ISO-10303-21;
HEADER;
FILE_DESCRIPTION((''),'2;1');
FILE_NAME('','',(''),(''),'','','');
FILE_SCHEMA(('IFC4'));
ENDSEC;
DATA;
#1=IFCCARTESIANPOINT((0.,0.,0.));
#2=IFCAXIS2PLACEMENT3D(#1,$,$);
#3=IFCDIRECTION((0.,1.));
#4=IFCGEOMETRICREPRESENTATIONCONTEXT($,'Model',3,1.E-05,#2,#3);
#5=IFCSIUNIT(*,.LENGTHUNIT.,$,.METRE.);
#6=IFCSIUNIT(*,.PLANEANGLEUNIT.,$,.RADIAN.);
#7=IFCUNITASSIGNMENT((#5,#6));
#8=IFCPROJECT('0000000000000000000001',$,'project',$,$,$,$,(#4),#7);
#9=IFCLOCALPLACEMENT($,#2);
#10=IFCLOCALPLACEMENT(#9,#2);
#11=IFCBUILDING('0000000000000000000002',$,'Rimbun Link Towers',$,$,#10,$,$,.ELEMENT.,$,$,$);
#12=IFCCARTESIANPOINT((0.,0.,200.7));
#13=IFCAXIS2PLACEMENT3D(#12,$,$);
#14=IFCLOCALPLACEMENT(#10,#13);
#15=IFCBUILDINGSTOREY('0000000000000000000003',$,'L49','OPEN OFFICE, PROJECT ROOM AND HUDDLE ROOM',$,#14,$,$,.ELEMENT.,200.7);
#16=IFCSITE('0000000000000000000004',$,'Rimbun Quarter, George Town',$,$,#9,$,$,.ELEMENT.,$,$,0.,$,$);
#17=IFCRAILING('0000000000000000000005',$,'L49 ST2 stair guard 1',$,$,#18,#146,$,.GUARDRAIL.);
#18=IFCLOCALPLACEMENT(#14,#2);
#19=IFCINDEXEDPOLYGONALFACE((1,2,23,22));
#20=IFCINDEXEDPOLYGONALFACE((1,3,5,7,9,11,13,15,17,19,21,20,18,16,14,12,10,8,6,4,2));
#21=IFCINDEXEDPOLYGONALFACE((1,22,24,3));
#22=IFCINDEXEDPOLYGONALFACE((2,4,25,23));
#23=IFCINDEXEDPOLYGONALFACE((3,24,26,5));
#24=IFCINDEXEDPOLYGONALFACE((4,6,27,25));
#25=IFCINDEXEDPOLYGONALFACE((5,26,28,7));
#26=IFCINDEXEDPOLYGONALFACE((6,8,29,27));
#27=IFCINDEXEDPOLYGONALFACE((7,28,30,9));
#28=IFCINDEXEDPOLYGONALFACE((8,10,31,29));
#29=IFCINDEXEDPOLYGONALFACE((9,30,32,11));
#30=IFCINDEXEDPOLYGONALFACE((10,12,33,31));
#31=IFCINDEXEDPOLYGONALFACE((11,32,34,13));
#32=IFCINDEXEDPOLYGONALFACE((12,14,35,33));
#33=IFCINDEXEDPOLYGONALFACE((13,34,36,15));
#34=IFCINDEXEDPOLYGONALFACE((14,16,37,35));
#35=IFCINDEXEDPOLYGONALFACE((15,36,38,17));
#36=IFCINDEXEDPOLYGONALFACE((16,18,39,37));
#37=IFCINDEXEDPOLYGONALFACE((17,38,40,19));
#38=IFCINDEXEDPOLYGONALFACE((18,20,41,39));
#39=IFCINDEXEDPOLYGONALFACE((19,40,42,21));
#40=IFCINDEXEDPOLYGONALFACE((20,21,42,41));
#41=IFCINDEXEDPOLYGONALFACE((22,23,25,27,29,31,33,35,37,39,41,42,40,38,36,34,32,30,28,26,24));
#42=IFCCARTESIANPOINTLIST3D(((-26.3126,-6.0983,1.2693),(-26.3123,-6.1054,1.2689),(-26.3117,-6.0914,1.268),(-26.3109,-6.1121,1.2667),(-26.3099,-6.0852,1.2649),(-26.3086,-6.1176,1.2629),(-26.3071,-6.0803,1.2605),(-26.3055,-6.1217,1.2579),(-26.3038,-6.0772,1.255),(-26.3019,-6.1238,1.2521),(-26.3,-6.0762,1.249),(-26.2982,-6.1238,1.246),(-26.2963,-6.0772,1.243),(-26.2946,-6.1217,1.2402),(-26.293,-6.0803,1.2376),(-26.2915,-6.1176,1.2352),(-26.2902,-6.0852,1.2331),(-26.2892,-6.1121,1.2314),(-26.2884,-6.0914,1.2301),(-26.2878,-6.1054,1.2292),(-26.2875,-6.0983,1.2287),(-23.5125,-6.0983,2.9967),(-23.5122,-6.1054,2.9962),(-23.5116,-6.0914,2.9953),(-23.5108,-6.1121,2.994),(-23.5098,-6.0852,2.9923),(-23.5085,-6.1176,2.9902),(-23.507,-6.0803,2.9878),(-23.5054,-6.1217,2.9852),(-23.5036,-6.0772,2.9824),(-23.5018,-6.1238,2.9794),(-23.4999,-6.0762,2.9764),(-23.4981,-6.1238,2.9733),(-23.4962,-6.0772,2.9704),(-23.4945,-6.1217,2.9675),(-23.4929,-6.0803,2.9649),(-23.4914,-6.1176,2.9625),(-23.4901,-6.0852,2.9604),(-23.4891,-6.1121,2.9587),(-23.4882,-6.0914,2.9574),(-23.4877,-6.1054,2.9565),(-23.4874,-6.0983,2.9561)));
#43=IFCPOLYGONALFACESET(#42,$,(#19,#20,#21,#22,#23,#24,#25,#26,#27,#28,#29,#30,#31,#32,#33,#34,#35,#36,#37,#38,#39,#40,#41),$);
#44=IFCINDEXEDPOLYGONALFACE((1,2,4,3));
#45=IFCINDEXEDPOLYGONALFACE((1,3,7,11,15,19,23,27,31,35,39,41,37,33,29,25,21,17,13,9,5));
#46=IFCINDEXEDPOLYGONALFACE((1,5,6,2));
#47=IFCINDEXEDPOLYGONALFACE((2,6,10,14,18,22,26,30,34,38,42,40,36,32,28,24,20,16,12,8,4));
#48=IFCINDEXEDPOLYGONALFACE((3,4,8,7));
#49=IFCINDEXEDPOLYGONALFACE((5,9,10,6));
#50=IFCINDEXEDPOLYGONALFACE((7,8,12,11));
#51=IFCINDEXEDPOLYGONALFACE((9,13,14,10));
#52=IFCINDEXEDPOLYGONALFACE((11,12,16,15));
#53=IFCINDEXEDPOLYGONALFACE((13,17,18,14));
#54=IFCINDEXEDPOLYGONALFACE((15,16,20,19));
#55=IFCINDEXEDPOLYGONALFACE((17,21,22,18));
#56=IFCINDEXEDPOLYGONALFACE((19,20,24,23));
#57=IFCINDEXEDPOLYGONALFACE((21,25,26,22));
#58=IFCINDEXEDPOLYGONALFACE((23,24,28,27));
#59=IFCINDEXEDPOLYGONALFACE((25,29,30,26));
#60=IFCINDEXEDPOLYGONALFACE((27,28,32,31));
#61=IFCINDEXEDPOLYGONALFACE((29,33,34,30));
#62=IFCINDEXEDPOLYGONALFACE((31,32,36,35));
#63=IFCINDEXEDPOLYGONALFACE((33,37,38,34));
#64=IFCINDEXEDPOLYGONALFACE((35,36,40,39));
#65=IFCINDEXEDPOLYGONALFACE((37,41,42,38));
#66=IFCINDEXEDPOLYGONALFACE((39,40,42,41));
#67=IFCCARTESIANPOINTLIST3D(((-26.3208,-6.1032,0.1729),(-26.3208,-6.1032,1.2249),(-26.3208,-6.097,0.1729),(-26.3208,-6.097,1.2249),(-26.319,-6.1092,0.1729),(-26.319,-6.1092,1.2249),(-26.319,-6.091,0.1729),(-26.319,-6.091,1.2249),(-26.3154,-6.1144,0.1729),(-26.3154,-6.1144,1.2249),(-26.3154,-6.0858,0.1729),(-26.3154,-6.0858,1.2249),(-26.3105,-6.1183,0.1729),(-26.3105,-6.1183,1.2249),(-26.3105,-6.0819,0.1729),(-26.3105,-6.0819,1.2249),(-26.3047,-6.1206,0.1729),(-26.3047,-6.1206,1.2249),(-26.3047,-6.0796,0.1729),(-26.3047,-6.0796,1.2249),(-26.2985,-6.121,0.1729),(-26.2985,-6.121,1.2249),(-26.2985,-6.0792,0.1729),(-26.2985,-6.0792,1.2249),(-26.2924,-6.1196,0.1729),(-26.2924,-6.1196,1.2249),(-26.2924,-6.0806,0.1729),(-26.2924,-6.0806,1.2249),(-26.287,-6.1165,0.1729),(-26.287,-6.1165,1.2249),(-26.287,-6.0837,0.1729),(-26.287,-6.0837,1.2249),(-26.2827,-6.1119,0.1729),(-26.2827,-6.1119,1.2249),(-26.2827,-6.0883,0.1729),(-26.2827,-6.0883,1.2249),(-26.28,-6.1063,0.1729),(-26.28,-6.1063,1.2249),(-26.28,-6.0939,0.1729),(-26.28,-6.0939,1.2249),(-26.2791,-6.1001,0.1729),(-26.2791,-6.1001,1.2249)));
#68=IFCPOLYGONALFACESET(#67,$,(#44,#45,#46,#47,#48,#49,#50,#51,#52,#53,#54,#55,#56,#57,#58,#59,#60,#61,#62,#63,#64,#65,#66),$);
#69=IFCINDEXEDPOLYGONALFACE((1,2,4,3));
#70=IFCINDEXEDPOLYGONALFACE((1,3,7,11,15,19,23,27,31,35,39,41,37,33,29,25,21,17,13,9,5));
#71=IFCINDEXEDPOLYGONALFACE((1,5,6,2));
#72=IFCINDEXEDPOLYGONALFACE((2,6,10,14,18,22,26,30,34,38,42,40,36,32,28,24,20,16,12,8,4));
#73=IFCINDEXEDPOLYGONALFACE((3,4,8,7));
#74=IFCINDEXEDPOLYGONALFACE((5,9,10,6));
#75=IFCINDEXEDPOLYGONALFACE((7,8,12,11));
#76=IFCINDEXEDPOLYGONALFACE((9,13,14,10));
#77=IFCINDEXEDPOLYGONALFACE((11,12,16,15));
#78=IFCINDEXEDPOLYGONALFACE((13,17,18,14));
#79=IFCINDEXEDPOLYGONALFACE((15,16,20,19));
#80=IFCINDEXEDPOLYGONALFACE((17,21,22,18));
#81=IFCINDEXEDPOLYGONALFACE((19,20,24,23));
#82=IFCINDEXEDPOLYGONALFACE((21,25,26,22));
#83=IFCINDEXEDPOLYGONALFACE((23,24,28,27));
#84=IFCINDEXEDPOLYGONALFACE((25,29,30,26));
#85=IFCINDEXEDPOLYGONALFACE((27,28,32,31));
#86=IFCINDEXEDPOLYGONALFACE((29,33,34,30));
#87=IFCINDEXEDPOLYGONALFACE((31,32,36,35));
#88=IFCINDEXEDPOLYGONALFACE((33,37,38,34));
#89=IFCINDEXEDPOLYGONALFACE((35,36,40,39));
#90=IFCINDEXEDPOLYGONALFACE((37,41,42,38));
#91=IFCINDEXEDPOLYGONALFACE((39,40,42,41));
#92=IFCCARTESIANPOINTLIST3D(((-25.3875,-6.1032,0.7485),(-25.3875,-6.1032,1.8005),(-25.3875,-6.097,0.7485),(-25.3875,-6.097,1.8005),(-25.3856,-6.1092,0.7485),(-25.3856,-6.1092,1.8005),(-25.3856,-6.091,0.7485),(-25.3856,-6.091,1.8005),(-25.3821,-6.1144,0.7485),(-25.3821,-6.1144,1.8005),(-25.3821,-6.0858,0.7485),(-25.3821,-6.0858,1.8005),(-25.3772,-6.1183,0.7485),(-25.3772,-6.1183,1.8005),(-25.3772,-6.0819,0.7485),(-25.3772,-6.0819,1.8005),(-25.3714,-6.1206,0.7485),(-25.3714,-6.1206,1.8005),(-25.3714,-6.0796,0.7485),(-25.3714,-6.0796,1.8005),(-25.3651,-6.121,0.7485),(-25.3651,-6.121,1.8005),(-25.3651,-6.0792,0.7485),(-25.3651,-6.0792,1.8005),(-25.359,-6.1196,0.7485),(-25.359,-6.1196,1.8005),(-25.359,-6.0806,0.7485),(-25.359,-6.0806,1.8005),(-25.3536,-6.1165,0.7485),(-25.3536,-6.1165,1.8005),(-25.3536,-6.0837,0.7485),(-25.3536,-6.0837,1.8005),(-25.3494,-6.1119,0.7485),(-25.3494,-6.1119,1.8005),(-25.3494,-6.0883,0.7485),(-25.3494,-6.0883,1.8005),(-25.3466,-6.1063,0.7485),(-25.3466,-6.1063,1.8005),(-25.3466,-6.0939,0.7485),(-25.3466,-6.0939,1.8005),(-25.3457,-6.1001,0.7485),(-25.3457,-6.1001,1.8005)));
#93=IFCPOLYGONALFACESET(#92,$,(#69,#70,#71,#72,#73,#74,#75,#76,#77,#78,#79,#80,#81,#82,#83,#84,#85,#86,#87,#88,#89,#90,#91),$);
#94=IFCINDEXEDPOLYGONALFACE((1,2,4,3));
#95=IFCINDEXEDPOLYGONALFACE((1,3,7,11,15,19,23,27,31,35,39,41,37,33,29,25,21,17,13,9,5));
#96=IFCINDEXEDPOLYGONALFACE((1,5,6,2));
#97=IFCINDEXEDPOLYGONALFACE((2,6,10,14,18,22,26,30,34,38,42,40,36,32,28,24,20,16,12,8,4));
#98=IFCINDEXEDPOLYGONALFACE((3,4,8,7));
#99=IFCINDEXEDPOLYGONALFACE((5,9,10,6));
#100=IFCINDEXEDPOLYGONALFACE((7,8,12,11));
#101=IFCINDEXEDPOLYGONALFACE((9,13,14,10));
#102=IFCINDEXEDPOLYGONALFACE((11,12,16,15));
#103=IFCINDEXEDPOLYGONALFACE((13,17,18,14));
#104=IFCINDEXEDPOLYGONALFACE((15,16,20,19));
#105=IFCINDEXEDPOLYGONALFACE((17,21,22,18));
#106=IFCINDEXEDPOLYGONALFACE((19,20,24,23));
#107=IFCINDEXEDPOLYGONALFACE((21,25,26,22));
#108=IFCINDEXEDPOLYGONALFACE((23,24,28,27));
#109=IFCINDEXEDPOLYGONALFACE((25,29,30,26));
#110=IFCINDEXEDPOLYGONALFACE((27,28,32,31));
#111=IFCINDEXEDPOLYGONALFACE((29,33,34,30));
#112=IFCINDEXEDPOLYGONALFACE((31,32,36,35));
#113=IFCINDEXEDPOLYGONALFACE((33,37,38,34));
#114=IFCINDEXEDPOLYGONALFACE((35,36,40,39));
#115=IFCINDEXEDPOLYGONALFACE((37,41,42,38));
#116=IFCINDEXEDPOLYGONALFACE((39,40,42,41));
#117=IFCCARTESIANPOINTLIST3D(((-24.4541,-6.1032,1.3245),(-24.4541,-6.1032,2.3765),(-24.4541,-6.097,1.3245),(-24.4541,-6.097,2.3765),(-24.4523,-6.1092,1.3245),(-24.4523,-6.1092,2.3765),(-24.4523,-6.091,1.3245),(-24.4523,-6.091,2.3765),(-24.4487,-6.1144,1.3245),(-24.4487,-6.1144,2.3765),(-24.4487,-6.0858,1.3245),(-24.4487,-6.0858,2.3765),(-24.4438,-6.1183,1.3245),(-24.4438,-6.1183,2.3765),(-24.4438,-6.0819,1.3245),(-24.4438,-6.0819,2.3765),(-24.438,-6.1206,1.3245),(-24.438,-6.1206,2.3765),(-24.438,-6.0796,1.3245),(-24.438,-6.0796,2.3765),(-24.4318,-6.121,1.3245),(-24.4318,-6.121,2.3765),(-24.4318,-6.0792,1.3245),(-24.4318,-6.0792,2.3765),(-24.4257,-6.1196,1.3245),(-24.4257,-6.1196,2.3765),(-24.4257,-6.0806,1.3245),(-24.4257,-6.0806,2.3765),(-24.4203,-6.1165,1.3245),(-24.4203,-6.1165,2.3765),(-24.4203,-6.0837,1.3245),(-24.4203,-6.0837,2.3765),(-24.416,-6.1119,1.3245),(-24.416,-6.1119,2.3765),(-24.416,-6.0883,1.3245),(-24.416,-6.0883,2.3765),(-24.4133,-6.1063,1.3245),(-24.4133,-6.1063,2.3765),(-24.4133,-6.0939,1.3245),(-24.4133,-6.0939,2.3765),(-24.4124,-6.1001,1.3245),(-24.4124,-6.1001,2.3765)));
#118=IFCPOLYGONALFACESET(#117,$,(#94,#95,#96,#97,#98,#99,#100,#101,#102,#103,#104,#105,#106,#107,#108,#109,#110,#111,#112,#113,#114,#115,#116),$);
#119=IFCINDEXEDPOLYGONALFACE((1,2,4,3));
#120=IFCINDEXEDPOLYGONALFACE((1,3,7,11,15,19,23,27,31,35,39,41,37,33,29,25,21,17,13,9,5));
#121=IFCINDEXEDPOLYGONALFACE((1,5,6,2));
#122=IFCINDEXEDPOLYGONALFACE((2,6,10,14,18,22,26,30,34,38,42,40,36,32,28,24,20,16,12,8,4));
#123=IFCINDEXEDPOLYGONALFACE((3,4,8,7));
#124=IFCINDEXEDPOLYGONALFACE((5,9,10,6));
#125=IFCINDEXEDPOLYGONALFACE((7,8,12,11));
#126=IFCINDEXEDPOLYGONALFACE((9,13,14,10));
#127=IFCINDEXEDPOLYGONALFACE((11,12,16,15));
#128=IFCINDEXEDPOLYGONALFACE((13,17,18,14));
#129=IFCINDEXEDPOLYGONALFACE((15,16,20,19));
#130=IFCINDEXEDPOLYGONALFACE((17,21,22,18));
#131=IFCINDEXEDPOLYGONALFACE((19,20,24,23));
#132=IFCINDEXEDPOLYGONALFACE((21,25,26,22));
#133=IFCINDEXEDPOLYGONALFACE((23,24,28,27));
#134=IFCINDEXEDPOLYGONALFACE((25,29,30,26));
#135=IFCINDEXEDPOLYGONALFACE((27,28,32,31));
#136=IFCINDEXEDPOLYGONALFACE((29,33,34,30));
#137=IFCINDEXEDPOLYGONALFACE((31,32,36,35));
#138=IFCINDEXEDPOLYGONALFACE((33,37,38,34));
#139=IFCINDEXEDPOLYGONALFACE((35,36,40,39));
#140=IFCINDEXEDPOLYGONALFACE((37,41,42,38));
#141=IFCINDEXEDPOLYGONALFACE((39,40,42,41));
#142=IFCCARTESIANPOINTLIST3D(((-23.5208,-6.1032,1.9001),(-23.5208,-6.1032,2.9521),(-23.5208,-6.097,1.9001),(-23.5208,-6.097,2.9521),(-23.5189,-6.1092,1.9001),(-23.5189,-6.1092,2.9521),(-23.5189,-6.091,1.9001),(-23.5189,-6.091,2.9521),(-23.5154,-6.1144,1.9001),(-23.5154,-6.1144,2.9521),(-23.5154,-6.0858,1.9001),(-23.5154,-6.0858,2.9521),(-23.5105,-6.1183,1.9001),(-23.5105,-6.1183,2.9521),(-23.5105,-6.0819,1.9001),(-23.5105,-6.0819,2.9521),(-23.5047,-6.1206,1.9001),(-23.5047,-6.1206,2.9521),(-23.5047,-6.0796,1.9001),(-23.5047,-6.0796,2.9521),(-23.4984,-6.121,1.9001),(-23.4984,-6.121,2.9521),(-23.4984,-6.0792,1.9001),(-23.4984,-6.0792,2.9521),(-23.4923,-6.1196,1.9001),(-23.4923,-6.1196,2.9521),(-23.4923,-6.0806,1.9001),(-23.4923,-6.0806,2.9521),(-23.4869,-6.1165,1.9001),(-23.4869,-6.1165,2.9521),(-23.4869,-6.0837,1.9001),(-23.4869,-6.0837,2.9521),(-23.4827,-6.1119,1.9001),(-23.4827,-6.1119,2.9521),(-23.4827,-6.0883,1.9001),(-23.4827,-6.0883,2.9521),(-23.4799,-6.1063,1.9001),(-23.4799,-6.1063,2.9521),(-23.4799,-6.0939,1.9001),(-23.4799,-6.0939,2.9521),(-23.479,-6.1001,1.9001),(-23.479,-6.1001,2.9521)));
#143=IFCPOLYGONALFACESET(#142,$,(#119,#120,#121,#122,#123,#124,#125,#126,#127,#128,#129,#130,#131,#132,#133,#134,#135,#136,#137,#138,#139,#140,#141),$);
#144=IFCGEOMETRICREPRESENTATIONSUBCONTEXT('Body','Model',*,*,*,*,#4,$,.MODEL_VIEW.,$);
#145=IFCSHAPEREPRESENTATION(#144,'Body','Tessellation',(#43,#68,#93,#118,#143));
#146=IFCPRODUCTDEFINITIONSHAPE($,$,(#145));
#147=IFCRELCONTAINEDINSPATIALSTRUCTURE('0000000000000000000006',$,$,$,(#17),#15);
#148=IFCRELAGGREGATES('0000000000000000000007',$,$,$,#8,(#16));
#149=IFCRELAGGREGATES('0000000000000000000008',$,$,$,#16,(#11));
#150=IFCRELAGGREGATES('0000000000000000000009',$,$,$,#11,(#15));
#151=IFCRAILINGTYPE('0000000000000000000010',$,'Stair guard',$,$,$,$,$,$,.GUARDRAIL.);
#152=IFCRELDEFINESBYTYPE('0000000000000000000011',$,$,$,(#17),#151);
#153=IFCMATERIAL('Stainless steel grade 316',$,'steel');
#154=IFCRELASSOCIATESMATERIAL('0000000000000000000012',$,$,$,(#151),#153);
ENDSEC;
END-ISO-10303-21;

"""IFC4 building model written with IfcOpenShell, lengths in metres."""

from ifc_helpers import new_model, si_unit, direction, frame, origin, origin_2d, place, context, subcontext, project, spatial, circle, extrude, material, type_object, element, save


model = new_model("IFC4")

# Units and contexts
model_context = context("Model", 3, precision=1e-05, world=origin(), true_north=direction((0.0, 1.0)))
body_context = subcontext(model_context, "Body", "Model", "MODEL_VIEW")
ifc_project = project(units=[si_unit("LENGTHUNIT", "METRE"), si_unit("PLANEANGLEUNIT", "RADIAN")], contexts=[model_context])

# Site, building, storey
site_placement = place(None, origin())
site = spatial("IfcSite", under=ifc_project, at=site_placement, Name="Rimbun Quarter, George Town", CompositionType="ELEMENT", RefElevation=0.0)
building_placement = place(site_placement, origin())
building = spatial("IfcBuilding", under=site, at=building_placement, Name="Rimbun Link Towers", CompositionType="ELEMENT")
storey_placement = place(building_placement, frame((0.0, 0.0, 200.7)))
storey = spatial("IfcBuildingStorey", under=building, at=storey_placement, Name="L49", Description="OPEN OFFICE, PROJECT ROOM AND HUDDLE ROOM", CompositionType="ELEMENT", Elevation=200.7)

# Railing
ifc_material_1 = material(Name="Stainless steel grade 316", Category="steel")
railing_type_1 = type_object("IfcRailingType", Name="Stair guard", PredefinedType="GUARDRAIL", material=ifc_material_1)
railing_1_placement = place(storey_placement, frame((-26.3, -6.1001, 0.1729)))
element("IfcRailing", 1, at=railing_1_placement, inside=storey, type_object=railing_type_1, Name="L49 ST2 stair guard 1", PredefinedType="GUARDRAIL", context=body_context, shape_type="SweptSolid", body=[
    extrude(circle(Radius=0.0239, at=origin_2d()), frame((0.0, 0.0, 1.0762), z_axis=(0.85109, 0.0, 0.52502), x_axis=(0.0, 1.0, 0.0)), (0.0, 0.0, 1.0), 3.29),
    extrude(circle(Radius=0.021, at=origin_2d()), origin(), (0.0, 0.0, 1.0), 1.052),
    extrude(circle(Radius=0.021, at=origin_2d()), frame((0.9333, 0.0, 0.5757)), (0.0, 0.0, 1.0), 1.052),
    extrude(circle(Radius=0.021, at=origin_2d()), frame((1.8667, 0.0, 1.1516)), (0.0, 0.0, 1.0), 1.052),
    extrude(circle(Radius=0.021, at=origin_2d()), frame((2.8, 0.0, 1.7273)), (0.0, 0.0, 1.0), 1.052),
])

save(model, "model.ifc")
